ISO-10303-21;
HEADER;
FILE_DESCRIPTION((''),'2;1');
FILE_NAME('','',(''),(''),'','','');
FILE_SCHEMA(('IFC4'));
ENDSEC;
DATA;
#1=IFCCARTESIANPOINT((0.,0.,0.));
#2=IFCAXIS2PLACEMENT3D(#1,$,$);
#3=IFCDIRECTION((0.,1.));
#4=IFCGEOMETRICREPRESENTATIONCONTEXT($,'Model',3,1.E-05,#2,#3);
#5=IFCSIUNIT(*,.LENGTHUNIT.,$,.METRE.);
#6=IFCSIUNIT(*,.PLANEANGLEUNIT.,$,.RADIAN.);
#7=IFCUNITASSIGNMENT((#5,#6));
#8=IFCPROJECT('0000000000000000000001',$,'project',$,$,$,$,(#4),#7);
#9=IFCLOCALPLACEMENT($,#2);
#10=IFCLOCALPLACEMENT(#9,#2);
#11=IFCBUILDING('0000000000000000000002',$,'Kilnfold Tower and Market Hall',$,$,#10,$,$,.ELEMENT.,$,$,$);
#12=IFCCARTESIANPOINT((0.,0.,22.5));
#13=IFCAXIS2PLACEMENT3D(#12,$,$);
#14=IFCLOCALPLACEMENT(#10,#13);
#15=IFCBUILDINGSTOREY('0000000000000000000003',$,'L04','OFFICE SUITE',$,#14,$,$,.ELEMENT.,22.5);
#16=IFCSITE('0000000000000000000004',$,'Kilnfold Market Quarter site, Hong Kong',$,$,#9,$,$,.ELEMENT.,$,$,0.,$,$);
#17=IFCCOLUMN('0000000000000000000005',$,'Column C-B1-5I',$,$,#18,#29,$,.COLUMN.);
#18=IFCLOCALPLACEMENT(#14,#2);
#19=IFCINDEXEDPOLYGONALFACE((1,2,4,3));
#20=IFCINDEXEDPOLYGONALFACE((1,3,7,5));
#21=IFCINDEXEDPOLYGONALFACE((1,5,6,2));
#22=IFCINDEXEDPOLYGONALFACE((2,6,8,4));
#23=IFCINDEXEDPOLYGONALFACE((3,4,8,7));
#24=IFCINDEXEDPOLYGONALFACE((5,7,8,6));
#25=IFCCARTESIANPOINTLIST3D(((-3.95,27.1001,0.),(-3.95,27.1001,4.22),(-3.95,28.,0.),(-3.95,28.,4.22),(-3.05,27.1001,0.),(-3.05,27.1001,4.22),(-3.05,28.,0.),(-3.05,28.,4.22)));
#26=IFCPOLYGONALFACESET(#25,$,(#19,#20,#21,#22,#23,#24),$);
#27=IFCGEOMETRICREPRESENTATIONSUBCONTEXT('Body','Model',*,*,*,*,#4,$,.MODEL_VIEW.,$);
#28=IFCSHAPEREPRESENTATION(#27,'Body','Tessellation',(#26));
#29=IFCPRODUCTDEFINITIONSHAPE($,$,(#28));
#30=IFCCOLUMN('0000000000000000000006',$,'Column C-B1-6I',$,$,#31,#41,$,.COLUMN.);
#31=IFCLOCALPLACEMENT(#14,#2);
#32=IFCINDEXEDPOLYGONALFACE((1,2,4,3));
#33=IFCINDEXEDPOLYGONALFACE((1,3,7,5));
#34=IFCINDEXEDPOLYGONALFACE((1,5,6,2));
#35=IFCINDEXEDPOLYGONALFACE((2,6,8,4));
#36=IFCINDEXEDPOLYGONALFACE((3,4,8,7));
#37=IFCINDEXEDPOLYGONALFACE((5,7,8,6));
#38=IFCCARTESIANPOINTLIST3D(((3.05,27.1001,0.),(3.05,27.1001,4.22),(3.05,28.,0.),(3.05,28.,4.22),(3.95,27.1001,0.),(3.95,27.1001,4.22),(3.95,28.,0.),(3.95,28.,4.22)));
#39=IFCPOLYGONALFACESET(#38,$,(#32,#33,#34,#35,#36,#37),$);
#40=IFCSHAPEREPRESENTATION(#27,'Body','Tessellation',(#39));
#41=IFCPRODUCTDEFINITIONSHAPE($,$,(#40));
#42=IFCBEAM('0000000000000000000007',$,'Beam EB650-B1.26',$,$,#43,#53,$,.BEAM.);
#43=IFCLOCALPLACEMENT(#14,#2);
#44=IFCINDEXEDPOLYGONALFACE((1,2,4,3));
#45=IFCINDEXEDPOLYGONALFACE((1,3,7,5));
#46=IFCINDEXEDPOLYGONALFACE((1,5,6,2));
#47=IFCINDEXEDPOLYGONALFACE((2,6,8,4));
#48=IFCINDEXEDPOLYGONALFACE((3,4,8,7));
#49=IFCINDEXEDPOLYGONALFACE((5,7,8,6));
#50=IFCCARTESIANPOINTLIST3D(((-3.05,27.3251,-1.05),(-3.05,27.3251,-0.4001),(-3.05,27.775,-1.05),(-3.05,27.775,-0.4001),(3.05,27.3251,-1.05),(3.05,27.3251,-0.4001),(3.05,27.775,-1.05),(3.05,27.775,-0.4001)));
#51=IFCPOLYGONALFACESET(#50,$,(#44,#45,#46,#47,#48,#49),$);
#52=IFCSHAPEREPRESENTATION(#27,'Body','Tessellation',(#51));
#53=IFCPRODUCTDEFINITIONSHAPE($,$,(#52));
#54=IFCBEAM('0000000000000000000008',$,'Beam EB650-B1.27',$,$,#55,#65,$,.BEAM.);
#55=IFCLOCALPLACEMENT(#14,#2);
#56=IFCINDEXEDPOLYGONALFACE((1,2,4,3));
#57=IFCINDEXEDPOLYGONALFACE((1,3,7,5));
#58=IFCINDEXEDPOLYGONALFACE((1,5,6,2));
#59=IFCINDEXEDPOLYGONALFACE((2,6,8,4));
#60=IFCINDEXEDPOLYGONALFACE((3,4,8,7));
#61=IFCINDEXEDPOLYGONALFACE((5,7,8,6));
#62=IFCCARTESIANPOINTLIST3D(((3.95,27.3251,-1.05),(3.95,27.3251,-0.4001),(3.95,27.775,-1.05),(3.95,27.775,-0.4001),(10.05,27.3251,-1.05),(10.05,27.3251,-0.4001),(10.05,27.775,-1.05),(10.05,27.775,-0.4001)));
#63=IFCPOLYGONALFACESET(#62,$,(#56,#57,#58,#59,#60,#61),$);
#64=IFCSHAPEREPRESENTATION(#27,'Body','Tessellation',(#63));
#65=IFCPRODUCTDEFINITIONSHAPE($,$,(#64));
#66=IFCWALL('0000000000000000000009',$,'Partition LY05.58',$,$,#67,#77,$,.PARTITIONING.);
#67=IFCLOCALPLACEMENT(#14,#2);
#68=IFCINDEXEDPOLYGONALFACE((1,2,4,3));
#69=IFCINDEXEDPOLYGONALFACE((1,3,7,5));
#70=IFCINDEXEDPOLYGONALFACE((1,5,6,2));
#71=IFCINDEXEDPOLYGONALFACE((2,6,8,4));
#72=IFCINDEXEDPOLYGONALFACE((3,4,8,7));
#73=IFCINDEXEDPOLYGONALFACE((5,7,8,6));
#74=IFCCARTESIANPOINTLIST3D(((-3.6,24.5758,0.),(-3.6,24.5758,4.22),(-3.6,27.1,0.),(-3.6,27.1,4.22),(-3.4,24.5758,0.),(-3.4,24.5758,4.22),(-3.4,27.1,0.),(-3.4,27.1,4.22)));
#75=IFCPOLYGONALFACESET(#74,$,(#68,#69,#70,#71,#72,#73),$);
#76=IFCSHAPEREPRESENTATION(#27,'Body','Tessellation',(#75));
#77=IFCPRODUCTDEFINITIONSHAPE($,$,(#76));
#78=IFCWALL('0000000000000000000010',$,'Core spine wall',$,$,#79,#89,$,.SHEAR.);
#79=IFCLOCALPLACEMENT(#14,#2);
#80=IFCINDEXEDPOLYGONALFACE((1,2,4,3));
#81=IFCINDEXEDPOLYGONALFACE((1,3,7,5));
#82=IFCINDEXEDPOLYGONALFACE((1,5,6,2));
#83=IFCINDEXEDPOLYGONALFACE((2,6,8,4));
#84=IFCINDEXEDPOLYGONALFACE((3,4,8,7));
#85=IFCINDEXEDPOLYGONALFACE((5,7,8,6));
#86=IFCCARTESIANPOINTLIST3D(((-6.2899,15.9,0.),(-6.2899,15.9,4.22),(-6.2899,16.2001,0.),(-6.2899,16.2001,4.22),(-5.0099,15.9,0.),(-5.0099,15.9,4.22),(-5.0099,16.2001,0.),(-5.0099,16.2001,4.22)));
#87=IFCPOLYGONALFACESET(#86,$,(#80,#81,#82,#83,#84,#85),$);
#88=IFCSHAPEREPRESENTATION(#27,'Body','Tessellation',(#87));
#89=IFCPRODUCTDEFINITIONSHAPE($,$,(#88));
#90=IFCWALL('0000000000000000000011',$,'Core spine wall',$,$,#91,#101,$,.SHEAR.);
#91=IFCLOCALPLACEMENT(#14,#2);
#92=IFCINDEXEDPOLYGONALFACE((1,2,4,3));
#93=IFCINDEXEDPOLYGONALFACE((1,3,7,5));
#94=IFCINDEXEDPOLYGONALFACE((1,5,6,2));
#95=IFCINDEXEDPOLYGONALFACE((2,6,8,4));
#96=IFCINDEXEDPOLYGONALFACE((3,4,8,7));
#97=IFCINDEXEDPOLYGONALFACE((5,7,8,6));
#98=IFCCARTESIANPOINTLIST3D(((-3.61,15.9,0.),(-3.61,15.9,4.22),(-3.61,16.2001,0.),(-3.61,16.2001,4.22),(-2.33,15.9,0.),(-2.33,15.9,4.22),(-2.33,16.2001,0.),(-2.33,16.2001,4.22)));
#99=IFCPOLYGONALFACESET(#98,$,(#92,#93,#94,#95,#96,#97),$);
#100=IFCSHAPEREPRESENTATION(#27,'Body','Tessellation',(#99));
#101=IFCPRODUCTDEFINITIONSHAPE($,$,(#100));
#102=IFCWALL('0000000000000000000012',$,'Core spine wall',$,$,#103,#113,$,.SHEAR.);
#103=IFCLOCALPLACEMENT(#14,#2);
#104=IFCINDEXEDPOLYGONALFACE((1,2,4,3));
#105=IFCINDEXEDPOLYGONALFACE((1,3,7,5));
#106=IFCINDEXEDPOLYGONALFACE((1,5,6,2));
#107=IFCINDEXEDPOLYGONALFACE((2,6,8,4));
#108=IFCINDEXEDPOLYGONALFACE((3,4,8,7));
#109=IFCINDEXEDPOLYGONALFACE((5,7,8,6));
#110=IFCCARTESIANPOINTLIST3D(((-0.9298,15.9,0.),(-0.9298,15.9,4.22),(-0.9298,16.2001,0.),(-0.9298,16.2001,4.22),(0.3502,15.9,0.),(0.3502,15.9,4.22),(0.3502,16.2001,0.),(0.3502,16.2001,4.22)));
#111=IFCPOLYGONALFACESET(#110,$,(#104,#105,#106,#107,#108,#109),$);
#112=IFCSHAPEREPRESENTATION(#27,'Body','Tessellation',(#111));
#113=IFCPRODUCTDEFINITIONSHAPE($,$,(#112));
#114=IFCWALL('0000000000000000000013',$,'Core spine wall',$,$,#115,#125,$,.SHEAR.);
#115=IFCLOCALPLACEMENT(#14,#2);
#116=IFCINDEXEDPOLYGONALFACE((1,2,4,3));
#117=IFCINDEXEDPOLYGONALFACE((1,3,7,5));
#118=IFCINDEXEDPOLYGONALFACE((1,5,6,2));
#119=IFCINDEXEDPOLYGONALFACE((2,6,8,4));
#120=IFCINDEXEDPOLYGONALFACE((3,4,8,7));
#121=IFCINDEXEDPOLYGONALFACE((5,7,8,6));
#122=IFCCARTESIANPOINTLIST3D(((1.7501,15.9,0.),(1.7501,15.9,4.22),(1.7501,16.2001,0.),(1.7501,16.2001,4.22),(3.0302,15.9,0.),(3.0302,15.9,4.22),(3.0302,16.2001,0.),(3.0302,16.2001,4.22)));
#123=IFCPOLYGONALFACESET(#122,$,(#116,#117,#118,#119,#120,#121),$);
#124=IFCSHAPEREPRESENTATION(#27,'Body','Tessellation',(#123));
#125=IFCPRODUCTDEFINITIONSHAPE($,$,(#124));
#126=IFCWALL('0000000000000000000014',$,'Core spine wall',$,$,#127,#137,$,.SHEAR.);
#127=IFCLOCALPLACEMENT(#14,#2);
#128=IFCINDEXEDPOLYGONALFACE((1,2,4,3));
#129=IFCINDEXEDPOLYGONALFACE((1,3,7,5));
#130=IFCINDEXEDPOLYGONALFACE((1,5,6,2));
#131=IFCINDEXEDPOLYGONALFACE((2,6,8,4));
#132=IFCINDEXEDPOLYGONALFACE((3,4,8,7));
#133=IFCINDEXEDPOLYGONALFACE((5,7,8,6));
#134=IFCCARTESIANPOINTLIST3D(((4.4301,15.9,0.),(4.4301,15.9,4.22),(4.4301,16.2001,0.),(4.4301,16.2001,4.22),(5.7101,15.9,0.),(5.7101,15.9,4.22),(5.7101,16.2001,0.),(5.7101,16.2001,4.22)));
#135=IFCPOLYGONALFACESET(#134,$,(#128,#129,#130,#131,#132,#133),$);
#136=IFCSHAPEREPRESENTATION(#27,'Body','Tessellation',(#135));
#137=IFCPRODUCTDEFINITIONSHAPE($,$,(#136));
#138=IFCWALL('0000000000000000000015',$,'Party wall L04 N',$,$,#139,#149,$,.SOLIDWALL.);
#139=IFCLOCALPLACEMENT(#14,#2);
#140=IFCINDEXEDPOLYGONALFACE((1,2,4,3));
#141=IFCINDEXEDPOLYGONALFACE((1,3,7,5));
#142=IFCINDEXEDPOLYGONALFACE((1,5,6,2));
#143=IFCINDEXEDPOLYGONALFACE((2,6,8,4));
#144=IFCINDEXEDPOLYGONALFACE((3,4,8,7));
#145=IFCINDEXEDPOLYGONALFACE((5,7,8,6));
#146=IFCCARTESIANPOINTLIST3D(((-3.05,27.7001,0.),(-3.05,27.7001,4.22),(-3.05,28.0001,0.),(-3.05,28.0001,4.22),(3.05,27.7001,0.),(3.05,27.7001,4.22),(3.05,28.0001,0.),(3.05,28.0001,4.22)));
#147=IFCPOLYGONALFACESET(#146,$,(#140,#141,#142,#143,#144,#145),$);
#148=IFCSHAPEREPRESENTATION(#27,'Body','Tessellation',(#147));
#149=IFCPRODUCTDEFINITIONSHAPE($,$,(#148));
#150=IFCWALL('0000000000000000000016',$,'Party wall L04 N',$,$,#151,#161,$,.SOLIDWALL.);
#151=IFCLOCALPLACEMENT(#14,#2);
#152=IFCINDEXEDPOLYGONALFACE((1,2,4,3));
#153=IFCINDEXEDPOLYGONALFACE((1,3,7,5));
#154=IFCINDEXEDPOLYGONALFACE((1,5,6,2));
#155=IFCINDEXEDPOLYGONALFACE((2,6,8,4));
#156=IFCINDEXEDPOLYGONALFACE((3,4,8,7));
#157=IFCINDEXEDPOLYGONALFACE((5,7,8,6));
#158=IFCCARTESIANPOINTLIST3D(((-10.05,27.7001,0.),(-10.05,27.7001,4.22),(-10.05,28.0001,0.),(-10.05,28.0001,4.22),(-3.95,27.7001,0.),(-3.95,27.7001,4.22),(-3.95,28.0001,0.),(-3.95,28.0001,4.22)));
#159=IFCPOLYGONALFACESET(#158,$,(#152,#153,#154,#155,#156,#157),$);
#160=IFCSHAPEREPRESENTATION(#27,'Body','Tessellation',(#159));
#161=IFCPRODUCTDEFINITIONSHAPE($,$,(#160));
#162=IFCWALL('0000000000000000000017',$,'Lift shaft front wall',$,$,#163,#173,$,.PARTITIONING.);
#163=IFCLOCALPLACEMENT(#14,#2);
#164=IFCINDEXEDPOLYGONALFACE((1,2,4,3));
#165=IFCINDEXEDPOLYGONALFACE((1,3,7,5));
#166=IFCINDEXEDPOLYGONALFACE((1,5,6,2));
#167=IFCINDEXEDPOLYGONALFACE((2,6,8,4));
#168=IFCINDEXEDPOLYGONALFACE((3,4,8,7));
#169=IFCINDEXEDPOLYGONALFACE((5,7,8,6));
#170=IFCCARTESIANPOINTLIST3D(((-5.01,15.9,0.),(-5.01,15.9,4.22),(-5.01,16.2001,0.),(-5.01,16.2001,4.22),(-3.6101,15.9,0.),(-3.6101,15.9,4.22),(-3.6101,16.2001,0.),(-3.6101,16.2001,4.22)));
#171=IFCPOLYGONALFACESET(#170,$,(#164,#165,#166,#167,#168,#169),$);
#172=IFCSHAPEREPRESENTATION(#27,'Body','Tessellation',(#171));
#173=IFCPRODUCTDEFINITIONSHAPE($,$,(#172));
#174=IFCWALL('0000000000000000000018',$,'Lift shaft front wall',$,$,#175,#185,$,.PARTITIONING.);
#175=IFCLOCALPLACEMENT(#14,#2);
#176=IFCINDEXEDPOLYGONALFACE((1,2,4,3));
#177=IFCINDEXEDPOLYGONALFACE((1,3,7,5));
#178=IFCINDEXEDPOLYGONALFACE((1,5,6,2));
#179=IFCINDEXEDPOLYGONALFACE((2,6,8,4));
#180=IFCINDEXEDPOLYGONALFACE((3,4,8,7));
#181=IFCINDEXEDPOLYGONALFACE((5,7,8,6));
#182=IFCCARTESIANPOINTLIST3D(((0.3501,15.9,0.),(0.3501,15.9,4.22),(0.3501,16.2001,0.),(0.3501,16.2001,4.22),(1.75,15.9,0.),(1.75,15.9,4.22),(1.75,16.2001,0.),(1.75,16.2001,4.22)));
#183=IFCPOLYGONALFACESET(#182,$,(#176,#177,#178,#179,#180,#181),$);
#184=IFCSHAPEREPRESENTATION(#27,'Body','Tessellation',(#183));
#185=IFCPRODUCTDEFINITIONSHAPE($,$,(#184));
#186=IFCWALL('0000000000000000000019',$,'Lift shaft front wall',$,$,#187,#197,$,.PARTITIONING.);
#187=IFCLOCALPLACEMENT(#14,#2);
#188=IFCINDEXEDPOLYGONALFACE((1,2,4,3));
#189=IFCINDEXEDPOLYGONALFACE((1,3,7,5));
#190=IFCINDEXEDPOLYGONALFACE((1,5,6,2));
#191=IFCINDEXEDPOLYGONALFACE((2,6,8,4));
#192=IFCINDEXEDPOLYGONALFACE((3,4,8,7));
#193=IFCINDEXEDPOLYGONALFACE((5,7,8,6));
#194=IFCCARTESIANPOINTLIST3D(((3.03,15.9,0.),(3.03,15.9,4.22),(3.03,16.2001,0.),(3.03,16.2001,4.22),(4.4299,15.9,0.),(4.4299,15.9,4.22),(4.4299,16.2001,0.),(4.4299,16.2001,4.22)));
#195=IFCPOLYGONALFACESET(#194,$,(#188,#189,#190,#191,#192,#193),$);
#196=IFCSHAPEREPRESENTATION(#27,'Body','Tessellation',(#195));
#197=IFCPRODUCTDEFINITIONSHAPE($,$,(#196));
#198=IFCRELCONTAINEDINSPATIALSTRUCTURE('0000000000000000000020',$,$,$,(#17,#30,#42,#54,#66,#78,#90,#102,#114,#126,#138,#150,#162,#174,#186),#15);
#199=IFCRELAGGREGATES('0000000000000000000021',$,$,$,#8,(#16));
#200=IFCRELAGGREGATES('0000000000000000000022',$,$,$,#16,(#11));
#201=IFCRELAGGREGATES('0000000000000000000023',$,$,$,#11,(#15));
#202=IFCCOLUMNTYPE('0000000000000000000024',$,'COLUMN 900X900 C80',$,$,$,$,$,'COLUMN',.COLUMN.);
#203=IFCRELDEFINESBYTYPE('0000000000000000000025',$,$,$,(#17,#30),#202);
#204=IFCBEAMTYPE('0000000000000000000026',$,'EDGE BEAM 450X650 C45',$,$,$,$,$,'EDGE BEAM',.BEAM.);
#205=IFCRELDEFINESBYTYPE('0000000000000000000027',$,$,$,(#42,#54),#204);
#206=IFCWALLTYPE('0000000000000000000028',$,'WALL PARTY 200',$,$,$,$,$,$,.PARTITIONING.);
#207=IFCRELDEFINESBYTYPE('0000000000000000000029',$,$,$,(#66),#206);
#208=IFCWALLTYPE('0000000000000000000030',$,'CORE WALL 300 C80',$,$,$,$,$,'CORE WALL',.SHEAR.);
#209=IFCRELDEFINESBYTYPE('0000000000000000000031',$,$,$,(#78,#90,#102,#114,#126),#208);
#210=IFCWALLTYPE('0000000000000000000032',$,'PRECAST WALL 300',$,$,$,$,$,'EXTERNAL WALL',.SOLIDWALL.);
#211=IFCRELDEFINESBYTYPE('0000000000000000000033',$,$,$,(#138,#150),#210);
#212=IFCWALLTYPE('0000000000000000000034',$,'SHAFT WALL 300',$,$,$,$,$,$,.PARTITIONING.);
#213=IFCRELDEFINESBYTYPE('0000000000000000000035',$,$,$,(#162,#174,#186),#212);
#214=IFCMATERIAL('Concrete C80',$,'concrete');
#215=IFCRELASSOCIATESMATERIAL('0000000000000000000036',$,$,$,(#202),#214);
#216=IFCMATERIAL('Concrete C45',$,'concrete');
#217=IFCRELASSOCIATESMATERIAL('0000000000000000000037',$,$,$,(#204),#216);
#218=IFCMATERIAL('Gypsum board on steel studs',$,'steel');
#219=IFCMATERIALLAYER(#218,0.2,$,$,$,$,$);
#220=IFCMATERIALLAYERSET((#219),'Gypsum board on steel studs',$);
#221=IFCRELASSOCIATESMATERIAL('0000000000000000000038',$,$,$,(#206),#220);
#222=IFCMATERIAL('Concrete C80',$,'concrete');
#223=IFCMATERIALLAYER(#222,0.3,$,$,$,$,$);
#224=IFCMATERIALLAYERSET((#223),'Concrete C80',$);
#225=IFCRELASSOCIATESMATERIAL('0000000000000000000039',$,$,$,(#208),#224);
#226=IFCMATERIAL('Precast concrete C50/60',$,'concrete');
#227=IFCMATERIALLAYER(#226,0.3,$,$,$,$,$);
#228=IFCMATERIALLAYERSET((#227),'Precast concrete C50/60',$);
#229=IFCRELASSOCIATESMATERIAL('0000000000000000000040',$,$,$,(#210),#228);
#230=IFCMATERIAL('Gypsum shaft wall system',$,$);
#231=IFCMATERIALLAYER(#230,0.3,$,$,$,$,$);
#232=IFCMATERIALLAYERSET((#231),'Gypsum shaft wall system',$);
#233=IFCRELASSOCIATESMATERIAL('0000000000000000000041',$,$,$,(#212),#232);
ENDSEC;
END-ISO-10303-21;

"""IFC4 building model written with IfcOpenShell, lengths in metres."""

from ifc_helpers import new_model, si_unit, direction, frame, frame_2d, origin, origin_2d, place, context, subcontext, project, spatial, rectangle, extrude, source, transform, mapped, material, layer, layer_set, material_profile, profile_set, type_object, element, save


model = new_model("IFC4")

# Units and contexts
model_context = context("Model", 3, precision=1e-05, world=origin(), true_north=direction((0.0, 1.0)))
body_context = subcontext(model_context, "Body", "Model", "MODEL_VIEW")
ifc_project = project(units=[si_unit("LENGTHUNIT", "METRE"), si_unit("PLANEANGLEUNIT", "RADIAN")], contexts=[model_context])

# Site, building, storey
site_placement = place(None, origin())
site = spatial("IfcSite", under=ifc_project, at=site_placement, Name="Kilnfold Market Quarter site, Hong Kong", CompositionType="ELEMENT", RefElevation=0.0)
building_placement = place(site_placement, origin())
building = spatial("IfcBuilding", under=site, at=building_placement, Name="Kilnfold Tower and Market Hall", CompositionType="ELEMENT")
storey_placement = place(building_placement, frame((0.0, 0.0, 22.5)))
storey = spatial("IfcBuildingStorey", under=building, at=storey_placement, Name="L04", Description="OFFICE SUITE", CompositionType="ELEMENT", Elevation=22.5)

# Columns
ifc_material_1 = material(Name="Concrete C80", Category="concrete")
ifc_material_profile_1 = material_profile(ifc_material_1, rectangle(XDim=0.8999, YDim=0.8999, at=origin_2d()), Name="RC 900x900")
ifc_profile_set_1 = profile_set([ifc_material_profile_1], Name="Concrete C80")
column_type = type_object("IfcColumnType", Name="COLUMN 900X900 C80", ElementType="COLUMN", PredefinedType="COLUMN", material=ifc_profile_set_1)
shared_shape_1 = source(origin(), body_context, "Body", "SweptSolid", [
    extrude(rectangle(XDim=0.8999, YDim=0.8999, at=origin_2d()), origin(), (0.0, 0.0, 1.0), 4.22),
])
for number, where, z_axis, x_axis, name in (
    (1, (-3.5, 27.55, 0.0), (0.0, 0.0, 1.0), (1.0, 0.0, 0.0), "Column C-B1-5I"),
    (2, (3.5, 27.55, 0.0), (0.0, 0.0, 1.0), (1.0, 0.0, 0.0), "Column C-B1-6I"),
):
    element("IfcColumn", number, at=place(storey_placement, frame(where, z_axis=z_axis, x_axis=x_axis)), inside=storey, type_object=column_type, Name=name, PredefinedType="COLUMN", context=body_context, shape_type="MappedRepresentation", body=[
        mapped(shared_shape_1, transform((0.0, 0.0, 0.0))),
    ])

# Beams
ifc_material_2 = material(Name="Concrete C45", Category="concrete")
ifc_material_profile_2 = material_profile(ifc_material_2, rectangle(XDim=0.45, YDim=0.6499, at=origin_2d()), Name="RC 450x650")
ifc_profile_set_2 = profile_set([ifc_material_profile_2], Name="Concrete C45")
beam_type = type_object("IfcBeamType", Name="EDGE BEAM 450X650 C45", ElementType="EDGE BEAM", PredefinedType="BEAM", material=ifc_profile_set_2)
shared_shape_2 = source(origin(), body_context, "Body", "SweptSolid", [
    extrude(rectangle(XDim=0.45, YDim=0.6499, at=origin_2d()), origin(), (0.0, 0.0, 1.0), 6.1001),
])
for number, where, z_axis, x_axis, name in (
    (3, (-3.05, 27.55, -0.7251), (1.0, 0.0, 0.0), (0.0, 1.0, 0.0), "Beam EB650-B1.26"),
    (4, (3.95, 27.55, -0.7251), (1.0, 0.0, 0.0), (0.0, 1.0, 0.0), "Beam EB650-B1.27"),
):
    element("IfcBeam", number, at=place(storey_placement, frame(where, z_axis=z_axis, x_axis=x_axis)), inside=storey, type_object=beam_type, Name=name, PredefinedType="BEAM", context=body_context, shape_type="MappedRepresentation", body=[
        mapped(shared_shape_2, transform((0.0, 0.0, 0.0))),
    ])

# Walls
ifc_material_3 = material(Name="Gypsum board on steel studs", Category="steel")
ifc_layer_1 = layer(ifc_material_3, 0.2)
ifc_layer_set_1 = layer_set([ifc_layer_1], Name="Gypsum board on steel studs")
wall_type_1 = type_object("IfcWallType", Name="WALL PARTY 200", PredefinedType="PARTITIONING", material=ifc_layer_set_1)
wall_placement = place(storey_placement, frame((-3.5, 27.1001, 0.0), z_axis=(0.0, 0.0, 1.0), x_axis=(0.0, -1.0, 0.0)))
element("IfcWall", 5, at=wall_placement, inside=storey, type_object=wall_type_1, Name="Partition LY05.58", PredefinedType="PARTITIONING", context=body_context, shape_type="SweptSolid", body=[
    extrude(rectangle(XDim=2.5242, YDim=0.2, at=frame_2d((1.2622, 0.0))), origin(), (0.0, 0.0, 1.0), 4.22),
])
ifc_material_4 = material(Name="Concrete C80", Category="concrete")
ifc_layer_2 = layer(ifc_material_4, 0.3)
ifc_layer_set_2 = layer_set([ifc_layer_2], Name="Concrete C80")
wall_type_2 = type_object("IfcWallType", Name="CORE WALL 300 C80", ElementType="CORE WALL", PredefinedType="SHEAR", material=ifc_layer_set_2)
shared_shape_3 = source(origin(), body_context, "Body", "SweptSolid", [
    extrude(rectangle(XDim=1.28, YDim=0.3, at=frame_2d((0.6401, 0.0))), origin(), (0.0, 0.0, 1.0), 4.22),
])
for number, where, z_axis, x_axis, name in (
    (6, (-6.29, 16.05, 0.0), (0.0, 0.0, 1.0), (1.0, 0.0, 0.0), "Core spine wall"),
    (7, (-3.6101, 16.05, 0.0), (0.0, 0.0, 1.0), (1.0, 0.0, 0.0), "Core spine wall"),
    (8, (-0.9299, 16.05, 0.0), (0.0, 0.0, 1.0), (1.0, 0.0, 0.0), "Core spine wall"),
    (9, (1.75, 16.05, 0.0), (0.0, 0.0, 1.0), (1.0, 0.0, 0.0), "Core spine wall"),
    (10, (4.4299, 16.05, 0.0), (0.0, 0.0, 1.0), (1.0, 0.0, 0.0), "Core spine wall"),
):
    element("IfcWall", number, at=place(storey_placement, frame(where, z_axis=z_axis, x_axis=x_axis)), inside=storey, type_object=wall_type_2, Name=name, PredefinedType="SHEAR", context=body_context, shape_type="MappedRepresentation", body=[
        mapped(shared_shape_3, transform((0.0, 0.0, 0.0))),
    ])
ifc_material_5 = material(Name="Precast concrete C50/60", Category="concrete")
ifc_layer_3 = layer(ifc_material_5, 0.3)
ifc_layer_set_3 = layer_set([ifc_layer_3], Name="Precast concrete C50/60")
wall_type_3 = type_object("IfcWallType", Name="PRECAST WALL 300", ElementType="EXTERNAL WALL", PredefinedType="SOLIDWALL", material=ifc_layer_set_3)
shared_shape_4 = source(origin(), body_context, "Body", "SweptSolid", [
    extrude(rectangle(XDim=6.1001, YDim=0.3, at=frame_2d((3.05, 0.0))), origin(), (0.0, 0.0, 1.0), 4.22),
])
for number, where, z_axis, x_axis, name in (
    (11, (3.05, 27.8501, 0.0), (0.0, 0.0, 1.0), (-1.0, 0.0, 0.0), "Party wall L04 N"),
    (12, (-3.95, 27.8501, 0.0), (0.0, 0.0, 1.0), (-1.0, 0.0, 0.0), "Party wall L04 N"),
):
    element("IfcWall", number, at=place(storey_placement, frame(where, z_axis=z_axis, x_axis=x_axis)), inside=storey, type_object=wall_type_3, Name=name, PredefinedType="SOLIDWALL", context=body_context, shape_type="MappedRepresentation", body=[
        mapped(shared_shape_4, transform((0.0, 0.0, 0.0))),
    ])
ifc_material_6 = material(Name="Gypsum shaft wall system")
ifc_layer_4 = layer(ifc_material_6, 0.3)
ifc_layer_set_4 = layer_set([ifc_layer_4], Name="Gypsum shaft wall system")
wall_type_4 = type_object("IfcWallType", Name="SHAFT WALL 300", PredefinedType="PARTITIONING", material=ifc_layer_set_4)
shared_shape_5 = source(origin(), body_context, "Body", "SweptSolid", [
    extrude(rectangle(XDim=1.3999, YDim=0.3, at=frame_2d((0.7, 0.0))), origin(), (0.0, 0.0, 1.0), 4.22),
])
for number, where, z_axis, x_axis, name in (
    (13, (-5.01, 16.05, 0.0), (0.0, 0.0, 1.0), (1.0, 0.0, 0.0), "Lift shaft front wall"),
    (14, (0.3501, 16.05, 0.0), (0.0, 0.0, 1.0), (1.0, 0.0, 0.0), "Lift shaft front wall"),
    (15, (3.03, 16.05, 0.0), (0.0, 0.0, 1.0), (1.0, 0.0, 0.0), "Lift shaft front wall"),
):
    element("IfcWall", number, at=place(storey_placement, frame(where, z_axis=z_axis, x_axis=x_axis)), inside=storey, type_object=wall_type_4, Name=name, PredefinedType="PARTITIONING", context=body_context, shape_type="MappedRepresentation", body=[
        mapped(shared_shape_5, transform((0.0, 0.0, 0.0))),
    ])

save(model, "model.ifc")
